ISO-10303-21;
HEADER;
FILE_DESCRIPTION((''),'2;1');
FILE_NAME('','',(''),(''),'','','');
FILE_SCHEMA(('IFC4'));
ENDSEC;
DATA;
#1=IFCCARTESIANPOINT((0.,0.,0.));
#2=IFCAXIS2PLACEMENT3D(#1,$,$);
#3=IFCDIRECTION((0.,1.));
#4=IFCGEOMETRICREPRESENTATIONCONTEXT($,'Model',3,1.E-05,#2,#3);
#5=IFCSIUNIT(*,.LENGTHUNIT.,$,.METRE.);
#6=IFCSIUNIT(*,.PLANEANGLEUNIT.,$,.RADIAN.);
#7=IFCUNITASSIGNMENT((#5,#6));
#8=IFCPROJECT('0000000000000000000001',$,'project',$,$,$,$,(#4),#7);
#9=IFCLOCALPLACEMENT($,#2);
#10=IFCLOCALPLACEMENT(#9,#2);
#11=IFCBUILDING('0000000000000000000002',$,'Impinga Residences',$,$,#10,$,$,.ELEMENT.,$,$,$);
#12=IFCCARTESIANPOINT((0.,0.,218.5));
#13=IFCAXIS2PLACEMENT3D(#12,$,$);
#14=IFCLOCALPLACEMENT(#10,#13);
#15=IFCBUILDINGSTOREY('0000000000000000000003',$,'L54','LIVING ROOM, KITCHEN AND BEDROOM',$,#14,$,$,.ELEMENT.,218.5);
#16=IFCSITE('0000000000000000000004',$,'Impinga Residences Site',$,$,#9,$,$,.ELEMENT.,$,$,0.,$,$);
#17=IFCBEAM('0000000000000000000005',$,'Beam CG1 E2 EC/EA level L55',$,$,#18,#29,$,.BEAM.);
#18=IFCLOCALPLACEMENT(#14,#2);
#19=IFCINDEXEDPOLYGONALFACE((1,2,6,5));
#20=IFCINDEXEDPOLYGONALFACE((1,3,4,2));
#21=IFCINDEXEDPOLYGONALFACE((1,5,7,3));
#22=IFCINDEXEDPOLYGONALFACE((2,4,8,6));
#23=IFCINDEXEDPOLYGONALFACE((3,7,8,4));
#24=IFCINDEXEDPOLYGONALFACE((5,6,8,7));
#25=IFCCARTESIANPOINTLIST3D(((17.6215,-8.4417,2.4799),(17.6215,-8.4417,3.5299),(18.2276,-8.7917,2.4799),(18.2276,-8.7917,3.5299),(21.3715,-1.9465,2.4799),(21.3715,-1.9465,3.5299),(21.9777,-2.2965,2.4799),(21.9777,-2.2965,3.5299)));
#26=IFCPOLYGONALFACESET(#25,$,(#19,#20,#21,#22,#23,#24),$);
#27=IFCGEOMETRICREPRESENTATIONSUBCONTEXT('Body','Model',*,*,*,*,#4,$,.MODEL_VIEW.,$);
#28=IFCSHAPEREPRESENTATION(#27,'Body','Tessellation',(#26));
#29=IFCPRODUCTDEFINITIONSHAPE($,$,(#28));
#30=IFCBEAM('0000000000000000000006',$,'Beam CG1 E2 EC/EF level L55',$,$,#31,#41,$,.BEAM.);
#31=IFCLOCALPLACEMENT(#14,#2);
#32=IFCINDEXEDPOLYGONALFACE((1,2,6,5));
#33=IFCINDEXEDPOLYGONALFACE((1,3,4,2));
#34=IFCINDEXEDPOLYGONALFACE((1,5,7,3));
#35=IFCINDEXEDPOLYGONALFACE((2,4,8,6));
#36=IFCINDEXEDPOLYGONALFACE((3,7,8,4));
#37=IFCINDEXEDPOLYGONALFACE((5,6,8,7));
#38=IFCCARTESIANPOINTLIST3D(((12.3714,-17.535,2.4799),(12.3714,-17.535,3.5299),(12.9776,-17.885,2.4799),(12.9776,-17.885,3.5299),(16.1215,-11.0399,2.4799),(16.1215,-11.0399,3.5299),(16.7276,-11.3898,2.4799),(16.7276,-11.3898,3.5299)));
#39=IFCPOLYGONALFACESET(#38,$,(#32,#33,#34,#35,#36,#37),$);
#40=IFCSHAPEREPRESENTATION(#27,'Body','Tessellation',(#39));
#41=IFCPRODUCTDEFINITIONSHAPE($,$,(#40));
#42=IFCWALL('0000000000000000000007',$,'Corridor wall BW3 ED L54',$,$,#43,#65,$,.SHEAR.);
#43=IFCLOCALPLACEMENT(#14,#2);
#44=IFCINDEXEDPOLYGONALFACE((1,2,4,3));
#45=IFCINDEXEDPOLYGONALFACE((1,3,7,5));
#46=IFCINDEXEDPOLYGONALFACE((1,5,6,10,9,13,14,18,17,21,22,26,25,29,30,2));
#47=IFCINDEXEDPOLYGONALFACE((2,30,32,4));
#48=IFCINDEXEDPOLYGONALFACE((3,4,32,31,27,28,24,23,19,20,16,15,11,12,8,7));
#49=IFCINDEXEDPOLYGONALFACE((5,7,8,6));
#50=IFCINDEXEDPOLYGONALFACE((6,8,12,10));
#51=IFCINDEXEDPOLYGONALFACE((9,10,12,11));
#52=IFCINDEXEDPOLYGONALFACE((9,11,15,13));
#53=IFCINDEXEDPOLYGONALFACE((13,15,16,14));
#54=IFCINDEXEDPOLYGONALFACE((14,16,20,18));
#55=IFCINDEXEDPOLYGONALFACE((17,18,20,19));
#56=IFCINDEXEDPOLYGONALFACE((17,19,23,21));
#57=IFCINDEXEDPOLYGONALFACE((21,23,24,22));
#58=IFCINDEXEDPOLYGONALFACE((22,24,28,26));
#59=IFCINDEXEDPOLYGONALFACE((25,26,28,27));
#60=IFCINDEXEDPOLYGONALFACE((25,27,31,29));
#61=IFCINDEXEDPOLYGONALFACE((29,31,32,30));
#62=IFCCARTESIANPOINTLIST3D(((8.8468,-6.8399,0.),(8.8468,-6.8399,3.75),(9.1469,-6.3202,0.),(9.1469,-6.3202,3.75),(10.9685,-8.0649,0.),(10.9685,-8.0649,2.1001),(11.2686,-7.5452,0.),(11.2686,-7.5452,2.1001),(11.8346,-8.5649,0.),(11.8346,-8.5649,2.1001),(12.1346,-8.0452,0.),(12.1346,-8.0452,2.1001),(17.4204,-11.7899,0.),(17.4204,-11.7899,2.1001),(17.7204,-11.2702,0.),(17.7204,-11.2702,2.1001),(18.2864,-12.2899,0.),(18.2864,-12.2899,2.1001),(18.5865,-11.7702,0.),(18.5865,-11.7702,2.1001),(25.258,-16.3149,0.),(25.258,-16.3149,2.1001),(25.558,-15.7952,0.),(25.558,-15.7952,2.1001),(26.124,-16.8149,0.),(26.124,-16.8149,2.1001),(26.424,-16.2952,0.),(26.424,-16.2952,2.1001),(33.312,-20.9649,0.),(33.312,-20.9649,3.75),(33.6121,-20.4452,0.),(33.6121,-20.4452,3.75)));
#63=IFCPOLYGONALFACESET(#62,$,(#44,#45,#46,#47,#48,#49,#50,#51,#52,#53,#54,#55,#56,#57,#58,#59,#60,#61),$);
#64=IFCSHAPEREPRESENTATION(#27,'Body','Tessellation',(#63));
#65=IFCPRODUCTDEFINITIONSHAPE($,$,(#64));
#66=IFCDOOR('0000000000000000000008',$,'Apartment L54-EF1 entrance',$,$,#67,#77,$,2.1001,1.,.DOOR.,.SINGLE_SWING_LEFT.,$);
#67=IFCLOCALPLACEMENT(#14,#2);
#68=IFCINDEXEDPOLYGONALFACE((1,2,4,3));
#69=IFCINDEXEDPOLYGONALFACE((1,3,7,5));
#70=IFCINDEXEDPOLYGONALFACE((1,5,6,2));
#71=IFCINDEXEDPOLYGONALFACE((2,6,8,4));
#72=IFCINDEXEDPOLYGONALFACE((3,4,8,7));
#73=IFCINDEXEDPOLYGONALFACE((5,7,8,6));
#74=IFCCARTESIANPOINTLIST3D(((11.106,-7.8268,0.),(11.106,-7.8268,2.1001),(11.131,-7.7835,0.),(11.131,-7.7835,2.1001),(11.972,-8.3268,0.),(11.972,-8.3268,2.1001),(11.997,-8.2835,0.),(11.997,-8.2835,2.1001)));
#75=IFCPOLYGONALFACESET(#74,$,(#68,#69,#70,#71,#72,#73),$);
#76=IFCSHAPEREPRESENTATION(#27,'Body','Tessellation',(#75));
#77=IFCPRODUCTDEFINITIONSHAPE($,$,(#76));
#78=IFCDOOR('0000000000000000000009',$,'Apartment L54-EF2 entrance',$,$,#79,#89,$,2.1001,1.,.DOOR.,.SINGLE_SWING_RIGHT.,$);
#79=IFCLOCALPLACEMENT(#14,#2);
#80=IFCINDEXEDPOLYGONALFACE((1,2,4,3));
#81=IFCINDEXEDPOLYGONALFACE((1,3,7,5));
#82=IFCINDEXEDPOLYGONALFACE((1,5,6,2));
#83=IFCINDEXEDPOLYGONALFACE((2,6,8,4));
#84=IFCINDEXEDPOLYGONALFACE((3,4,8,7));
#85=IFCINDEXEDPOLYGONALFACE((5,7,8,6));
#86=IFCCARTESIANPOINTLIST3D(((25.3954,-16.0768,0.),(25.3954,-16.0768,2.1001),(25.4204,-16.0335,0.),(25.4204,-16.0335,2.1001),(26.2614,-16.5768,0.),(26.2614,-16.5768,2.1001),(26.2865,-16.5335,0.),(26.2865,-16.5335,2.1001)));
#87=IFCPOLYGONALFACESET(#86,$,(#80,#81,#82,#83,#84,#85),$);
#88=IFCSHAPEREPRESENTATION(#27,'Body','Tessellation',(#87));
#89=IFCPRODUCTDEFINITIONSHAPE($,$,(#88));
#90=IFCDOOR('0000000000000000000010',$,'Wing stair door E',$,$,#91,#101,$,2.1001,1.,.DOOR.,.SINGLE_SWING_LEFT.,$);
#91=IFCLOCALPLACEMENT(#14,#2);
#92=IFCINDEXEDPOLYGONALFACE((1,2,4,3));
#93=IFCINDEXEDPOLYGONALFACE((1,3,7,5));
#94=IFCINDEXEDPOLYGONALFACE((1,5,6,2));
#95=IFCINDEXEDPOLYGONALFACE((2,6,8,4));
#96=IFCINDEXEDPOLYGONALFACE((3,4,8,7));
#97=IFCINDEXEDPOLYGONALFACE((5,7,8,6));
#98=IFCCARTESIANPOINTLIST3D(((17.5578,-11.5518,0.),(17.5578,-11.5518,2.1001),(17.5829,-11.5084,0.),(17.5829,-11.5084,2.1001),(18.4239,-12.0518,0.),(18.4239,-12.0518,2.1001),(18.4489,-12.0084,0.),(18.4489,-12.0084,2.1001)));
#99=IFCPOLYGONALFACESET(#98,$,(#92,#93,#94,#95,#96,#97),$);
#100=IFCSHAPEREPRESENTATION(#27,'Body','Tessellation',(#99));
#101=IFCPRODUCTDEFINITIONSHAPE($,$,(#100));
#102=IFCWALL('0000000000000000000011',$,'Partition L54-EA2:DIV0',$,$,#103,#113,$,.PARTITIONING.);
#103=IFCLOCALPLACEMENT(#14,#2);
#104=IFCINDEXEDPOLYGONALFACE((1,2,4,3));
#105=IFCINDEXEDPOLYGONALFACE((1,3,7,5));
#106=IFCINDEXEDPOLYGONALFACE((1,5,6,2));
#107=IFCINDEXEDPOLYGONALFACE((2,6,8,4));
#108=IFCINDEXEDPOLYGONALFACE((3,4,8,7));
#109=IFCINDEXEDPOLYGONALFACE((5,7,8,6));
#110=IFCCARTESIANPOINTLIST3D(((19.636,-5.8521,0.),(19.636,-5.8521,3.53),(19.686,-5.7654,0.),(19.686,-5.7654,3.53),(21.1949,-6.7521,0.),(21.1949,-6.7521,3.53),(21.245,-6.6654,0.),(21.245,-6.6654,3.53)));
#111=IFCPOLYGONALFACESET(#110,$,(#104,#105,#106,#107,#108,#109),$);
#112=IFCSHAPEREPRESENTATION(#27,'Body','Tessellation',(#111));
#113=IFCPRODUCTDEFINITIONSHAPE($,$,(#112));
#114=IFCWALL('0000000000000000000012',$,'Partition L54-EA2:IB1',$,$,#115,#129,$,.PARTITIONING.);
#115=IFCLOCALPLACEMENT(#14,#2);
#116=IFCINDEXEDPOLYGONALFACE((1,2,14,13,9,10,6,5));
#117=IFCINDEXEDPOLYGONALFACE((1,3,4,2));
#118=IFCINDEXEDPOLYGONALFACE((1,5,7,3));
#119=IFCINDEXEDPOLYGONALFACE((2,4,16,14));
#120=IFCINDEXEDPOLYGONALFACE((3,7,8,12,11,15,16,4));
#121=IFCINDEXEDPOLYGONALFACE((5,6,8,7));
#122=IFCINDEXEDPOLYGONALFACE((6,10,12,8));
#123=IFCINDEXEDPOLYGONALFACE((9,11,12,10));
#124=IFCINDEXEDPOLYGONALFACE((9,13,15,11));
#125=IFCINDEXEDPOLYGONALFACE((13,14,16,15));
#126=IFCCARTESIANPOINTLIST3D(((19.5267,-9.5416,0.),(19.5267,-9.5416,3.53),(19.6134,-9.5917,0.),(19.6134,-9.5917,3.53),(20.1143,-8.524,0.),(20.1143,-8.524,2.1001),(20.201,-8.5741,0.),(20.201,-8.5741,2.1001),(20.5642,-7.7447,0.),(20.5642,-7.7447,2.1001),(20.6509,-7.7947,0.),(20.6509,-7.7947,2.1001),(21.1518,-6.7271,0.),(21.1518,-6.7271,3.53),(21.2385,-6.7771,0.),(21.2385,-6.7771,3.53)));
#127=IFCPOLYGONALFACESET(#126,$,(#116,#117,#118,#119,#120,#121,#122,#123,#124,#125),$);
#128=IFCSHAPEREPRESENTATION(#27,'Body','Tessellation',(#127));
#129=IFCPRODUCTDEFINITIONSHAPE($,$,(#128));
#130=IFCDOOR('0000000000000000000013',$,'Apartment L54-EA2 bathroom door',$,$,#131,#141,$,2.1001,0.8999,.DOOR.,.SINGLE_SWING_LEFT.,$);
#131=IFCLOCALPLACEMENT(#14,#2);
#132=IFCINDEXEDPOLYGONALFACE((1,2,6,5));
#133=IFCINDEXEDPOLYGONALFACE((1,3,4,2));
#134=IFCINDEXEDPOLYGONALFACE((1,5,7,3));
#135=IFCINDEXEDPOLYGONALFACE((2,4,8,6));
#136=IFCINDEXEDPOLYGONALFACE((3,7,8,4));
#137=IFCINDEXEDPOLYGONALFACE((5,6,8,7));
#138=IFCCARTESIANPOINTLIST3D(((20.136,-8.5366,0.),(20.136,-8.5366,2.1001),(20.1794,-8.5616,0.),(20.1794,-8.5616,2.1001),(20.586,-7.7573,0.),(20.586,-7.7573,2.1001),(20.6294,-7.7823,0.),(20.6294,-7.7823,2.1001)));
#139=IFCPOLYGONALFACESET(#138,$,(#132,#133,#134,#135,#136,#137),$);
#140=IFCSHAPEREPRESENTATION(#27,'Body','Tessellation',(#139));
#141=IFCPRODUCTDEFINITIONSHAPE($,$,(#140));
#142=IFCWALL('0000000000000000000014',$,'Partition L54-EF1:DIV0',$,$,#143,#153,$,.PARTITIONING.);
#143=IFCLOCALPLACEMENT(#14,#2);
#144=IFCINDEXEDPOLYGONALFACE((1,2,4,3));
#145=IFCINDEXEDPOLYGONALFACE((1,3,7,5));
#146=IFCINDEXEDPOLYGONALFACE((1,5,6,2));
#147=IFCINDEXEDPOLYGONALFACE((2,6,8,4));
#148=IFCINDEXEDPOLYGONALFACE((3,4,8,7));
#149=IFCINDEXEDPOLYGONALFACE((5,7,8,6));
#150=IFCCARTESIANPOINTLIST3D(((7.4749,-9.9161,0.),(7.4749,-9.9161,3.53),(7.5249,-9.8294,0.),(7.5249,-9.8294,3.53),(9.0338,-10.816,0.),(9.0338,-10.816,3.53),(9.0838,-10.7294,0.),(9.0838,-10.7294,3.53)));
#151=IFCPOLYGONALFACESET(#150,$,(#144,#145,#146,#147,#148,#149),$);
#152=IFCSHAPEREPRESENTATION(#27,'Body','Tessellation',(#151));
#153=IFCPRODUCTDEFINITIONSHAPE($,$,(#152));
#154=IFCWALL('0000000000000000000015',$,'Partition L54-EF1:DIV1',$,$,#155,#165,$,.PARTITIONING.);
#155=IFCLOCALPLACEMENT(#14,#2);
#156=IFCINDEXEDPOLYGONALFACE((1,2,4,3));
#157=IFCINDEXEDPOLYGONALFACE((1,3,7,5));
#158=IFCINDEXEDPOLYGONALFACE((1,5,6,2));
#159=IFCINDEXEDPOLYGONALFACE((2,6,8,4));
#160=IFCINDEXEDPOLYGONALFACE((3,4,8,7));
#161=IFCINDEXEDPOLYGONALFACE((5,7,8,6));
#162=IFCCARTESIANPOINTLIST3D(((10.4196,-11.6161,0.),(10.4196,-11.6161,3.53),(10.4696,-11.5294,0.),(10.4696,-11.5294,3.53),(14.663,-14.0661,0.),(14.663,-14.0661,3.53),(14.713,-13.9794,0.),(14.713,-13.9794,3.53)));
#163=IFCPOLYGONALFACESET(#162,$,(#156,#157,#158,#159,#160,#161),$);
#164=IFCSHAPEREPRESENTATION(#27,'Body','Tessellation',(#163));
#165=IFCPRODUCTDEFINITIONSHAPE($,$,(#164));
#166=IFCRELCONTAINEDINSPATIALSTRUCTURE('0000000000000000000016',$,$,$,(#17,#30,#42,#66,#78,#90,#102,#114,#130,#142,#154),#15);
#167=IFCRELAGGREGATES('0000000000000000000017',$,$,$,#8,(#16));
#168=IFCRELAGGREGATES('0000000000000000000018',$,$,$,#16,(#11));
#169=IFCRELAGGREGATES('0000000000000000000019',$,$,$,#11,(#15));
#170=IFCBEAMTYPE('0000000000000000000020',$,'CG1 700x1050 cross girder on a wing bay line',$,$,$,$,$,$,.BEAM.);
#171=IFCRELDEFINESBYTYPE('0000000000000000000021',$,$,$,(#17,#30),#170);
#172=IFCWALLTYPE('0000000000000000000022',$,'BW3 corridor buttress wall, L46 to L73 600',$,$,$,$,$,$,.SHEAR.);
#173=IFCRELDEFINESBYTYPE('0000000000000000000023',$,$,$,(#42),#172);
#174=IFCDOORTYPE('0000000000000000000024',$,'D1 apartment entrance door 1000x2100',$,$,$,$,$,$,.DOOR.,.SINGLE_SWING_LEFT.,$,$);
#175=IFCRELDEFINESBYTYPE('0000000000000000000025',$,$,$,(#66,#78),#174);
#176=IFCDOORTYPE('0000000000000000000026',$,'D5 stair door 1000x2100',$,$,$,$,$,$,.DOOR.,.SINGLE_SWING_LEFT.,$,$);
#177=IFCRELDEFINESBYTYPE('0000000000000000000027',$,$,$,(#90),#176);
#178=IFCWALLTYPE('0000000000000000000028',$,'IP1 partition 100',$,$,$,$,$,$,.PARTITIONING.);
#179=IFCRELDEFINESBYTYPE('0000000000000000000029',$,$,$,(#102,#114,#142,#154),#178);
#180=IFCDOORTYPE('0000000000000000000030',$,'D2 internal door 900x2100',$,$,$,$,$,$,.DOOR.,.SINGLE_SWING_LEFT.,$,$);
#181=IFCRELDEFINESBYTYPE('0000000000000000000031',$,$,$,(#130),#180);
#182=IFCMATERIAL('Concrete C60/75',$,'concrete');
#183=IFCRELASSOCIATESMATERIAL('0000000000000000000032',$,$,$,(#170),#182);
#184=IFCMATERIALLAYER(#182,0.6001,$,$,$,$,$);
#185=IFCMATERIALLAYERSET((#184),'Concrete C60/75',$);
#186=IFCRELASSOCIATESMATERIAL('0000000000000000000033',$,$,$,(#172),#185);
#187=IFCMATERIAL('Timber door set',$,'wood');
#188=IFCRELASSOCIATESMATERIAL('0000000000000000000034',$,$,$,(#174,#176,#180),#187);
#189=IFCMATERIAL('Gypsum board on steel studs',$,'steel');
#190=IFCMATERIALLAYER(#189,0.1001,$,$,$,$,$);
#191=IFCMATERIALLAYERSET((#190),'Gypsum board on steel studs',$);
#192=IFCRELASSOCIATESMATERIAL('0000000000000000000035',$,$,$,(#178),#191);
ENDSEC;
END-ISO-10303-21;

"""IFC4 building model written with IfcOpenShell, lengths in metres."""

from ifc_helpers import new_model, si_unit, direction, frame, frame_2d, origin, origin_2d, place, context, subcontext, project, spatial, rectangle, extrude, material, layer, layer_set, material_profile, profile_set, type_object, element, fill, save


model = new_model("IFC4")

# Units and contexts
model_context = context("Model", 3, precision=1e-05, world=origin(), true_north=direction((0.0, 1.0)))
body_context = subcontext(model_context, "Body", "Model", "MODEL_VIEW")
ifc_project = project(units=[si_unit("LENGTHUNIT", "METRE"), si_unit("PLANEANGLEUNIT", "RADIAN")], contexts=[model_context])

# Site, building, storey
site_placement = place(None, origin())
site = spatial("IfcSite", under=ifc_project, at=site_placement, Name="Impinga Residences Site", CompositionType="ELEMENT", RefElevation=0.0)
building_placement = place(site_placement, origin())
building = spatial("IfcBuilding", under=site, at=building_placement, Name="Impinga Residences", CompositionType="ELEMENT")
storey_placement = place(building_placement, frame((0.0, 0.0, 218.5)))
storey = spatial("IfcBuildingStorey", under=building, at=storey_placement, Name="L54", Description="LIVING ROOM, KITCHEN AND BEDROOM", CompositionType="ELEMENT", Elevation=218.5)

# Beams
ifc_material_1 = material(Name="Concrete C60/75", Category="concrete")
ifc_material_profile = material_profile(ifc_material_1, rectangle(XDim=0.7, YDim=1.05, at=origin_2d()), Name="RC 700x1050")
ifc_profile_set = profile_set([ifc_material_profile], Name="Concrete C60/75")
beam_type = type_object("IfcBeamType", Name="CG1 700x1050 cross girder on a wing bay line", PredefinedType="BEAM", material=ifc_profile_set)
for number, where, z_axis, x_axis, name in (
    (1, (17.9246, -8.6167, 3.0049), (0.500004, 0.866023, 0.0), (-0.866023, 0.500004, 0.0), "Beam CG1 E2 EC/EA level L55"),
    (2, (16.4246, -11.2148, 3.0049), (-0.500004, -0.866023, 0.0), (0.866023, -0.500004, 0.0), "Beam CG1 E2 EC/EF level L55"),
):
    element("IfcBeam", number, at=place(storey_placement, frame(where, z_axis=z_axis, x_axis=x_axis)), inside=storey, type_object=beam_type, Name=name, PredefinedType="BEAM", context=body_context, shape_type="SweptSolid", body=[
        extrude(rectangle(XDim=0.7, YDim=1.05, at=origin_2d()), origin(), (0.0, 0.0, 1.0), 7.5),
    ])

# Wall, openings, doors
ifc_layer_1 = layer(ifc_material_1, 0.6001)
ifc_layer_set_1 = layer_set([ifc_layer_1], Name="Concrete C60/75")
wall_type_1 = type_object("IfcWallType", Name="BW3 corridor buttress wall, L46 to L73 600", PredefinedType="SHEAR", material=ifc_layer_set_1)
wall_1_placement = place(storey_placement, frame((8.9968, -6.5801, 0.0), z_axis=(0.0, 0.0, 1.0), x_axis=(0.866026, -0.499998, 0.0)))
wall_1 = element("IfcWall", 3, at=wall_1_placement, inside=storey, type_object=wall_type_1, Name="Corridor wall BW3 ED L54", PredefinedType="SHEAR", context=body_context, shape_type="SweptSolid", body=[
    extrude(rectangle(XDim=28.25, YDim=0.6001, at=frame_2d((14.125, 0.0))), origin(), (0.0, 0.0, 1.0), 3.75),
])
opening_1_placement = place(wall_1_placement, frame((9.8999, 0.0, 0.0)))
opening_1 = element("IfcOpeningElement", 4, at=opening_1_placement, cuts=wall_1, PredefinedType="OPENING", context=body_context, shape_type="SweptSolid", body=[
    extrude(rectangle(XDim=1.0, YDim=2.1001, at=frame_2d((0.5, 1.05))), frame((0.0, 0.3101, 0.0), z_axis=(0.0, -1.0, 0.0), x_axis=(1.0, 0.0, 0.0)), (0.0, 0.0, 1.0), 0.6201),
])
opening_2_placement = place(wall_1_placement, frame((2.45, 0.0, 0.0)))
opening_2 = element("IfcOpeningElement", 5, at=opening_2_placement, cuts=wall_1, PredefinedType="OPENING", context=body_context, shape_type="SweptSolid", body=[
    extrude(rectangle(XDim=1.0, YDim=2.1001, at=frame_2d((0.5, 1.05))), frame((0.0, 0.3101, 0.0), z_axis=(0.0, -1.0, 0.0), x_axis=(1.0, 0.0, 0.0)), (0.0, 0.0, 1.0), 0.6201),
])
opening_3_placement = place(wall_1_placement, frame((18.95, 0.0, 0.0)))
opening_3 = element("IfcOpeningElement", 6, at=opening_3_placement, cuts=wall_1, PredefinedType="OPENING", context=body_context, shape_type="SweptSolid", body=[
    extrude(rectangle(XDim=1.0, YDim=2.1001, at=frame_2d((0.5, 1.05))), frame((0.0, 0.3101, 0.0), z_axis=(0.0, -1.0, 0.0), x_axis=(1.0, 0.0, 0.0)), (0.0, 0.0, 1.0), 0.6201),
])
ifc_material_2 = material(Name="Timber door set", Category="wood")
door_type_1 = type_object("IfcDoorType", Name="D1 apartment entrance door 1000x2100", OperationType="SINGLE_SWING_LEFT", PredefinedType="DOOR", material=ifc_material_2)
door_1_placement = place(opening_2_placement, origin())
door_1 = element("IfcDoor", 7, at=door_1_placement, inside=storey, type_object=door_type_1, Name="Apartment L54-EF1 entrance", OperationType="SINGLE_SWING_LEFT", OverallHeight=2.1001, OverallWidth=1.0, PredefinedType="DOOR", context=body_context, shape_type="SweptSolid", body=[
    extrude(rectangle(XDim=1.0, YDim=2.1001, at=frame_2d((0.5, 1.05))), frame((0.0, 0.0249, 0.0), z_axis=(0.0, -1.0, 0.0), x_axis=(1.0, 0.0, 0.0)), (0.0, 0.0, 1.0), 0.05),
])
fill(opening_2, door_1)
door_2_placement = place(opening_3_placement, origin())
door_2 = element("IfcDoor", 8, at=door_2_placement, inside=storey, type_object=door_type_1, Name="Apartment L54-EF2 entrance", OperationType="SINGLE_SWING_RIGHT", OverallHeight=2.1001, OverallWidth=1.0, PredefinedType="DOOR", context=body_context, shape_type="SweptSolid", body=[
    extrude(rectangle(XDim=1.0, YDim=2.1001, at=frame_2d((0.5, 1.05))), frame((0.0, 0.0249, 0.0), z_axis=(0.0, -1.0, 0.0), x_axis=(1.0, 0.0, 0.0)), (0.0, 0.0, 1.0), 0.05),
])
fill(opening_3, door_2)
door_type_2 = type_object("IfcDoorType", Name="D5 stair door 1000x2100", OperationType="SINGLE_SWING_LEFT", PredefinedType="DOOR", material=ifc_material_2)
door_3_placement = place(opening_1_placement, origin())
door_3 = element("IfcDoor", 9, at=door_3_placement, inside=storey, type_object=door_type_2, Name="Wing stair door E", OperationType="SINGLE_SWING_LEFT", OverallHeight=2.1001, OverallWidth=1.0, PredefinedType="DOOR", context=body_context, shape_type="SweptSolid", body=[
    extrude(rectangle(XDim=1.0, YDim=2.1001, at=frame_2d((0.5, 1.05))), frame((0.0, 0.0249, 0.0), z_axis=(0.0, -1.0, 0.0), x_axis=(1.0, 0.0, 0.0)), (0.0, 0.0, 1.0), 0.05),
])
fill(opening_1, door_3)

# Wall
ifc_material_3 = material(Name="Gypsum board on steel studs", Category="steel")
ifc_layer_2 = layer(ifc_material_3, 0.1001)
ifc_layer_set_2 = layer_set([ifc_layer_2], Name="Gypsum board on steel studs")
wall_type_2 = type_object("IfcWallType", Name="IP1 partition 100", PredefinedType="PARTITIONING", material=ifc_layer_set_2)
wall_2_placement = place(storey_placement, frame((19.6611, -5.8088, 0.0), z_axis=(0.0, 0.0, 1.0), x_axis=(0.866048, -0.499961, 0.0)))
element("IfcWall", 10, at=wall_2_placement, inside=storey, type_object=wall_type_2, Name="Partition L54-EA2:DIV0", PredefinedType="PARTITIONING", context=body_context, shape_type="SweptSolid", body=[
    extrude(rectangle(XDim=1.8, YDim=0.1001, at=frame_2d((0.8999, 0.0))), origin(), (0.0, 0.0, 1.0), 3.53),
])

# Wall, opening, door
wall_3_placement = place(storey_placement, frame((19.5701, -9.5667, 0.0), z_axis=(0.0, 0.0, 1.0), x_axis=(0.500017, 0.866015, 0.0)))
wall_3 = element("IfcWall", 11, at=wall_3_placement, inside=storey, type_object=wall_type_2, Name="Partition L54-EA2:IB1", PredefinedType="PARTITIONING", context=body_context, shape_type="SweptSolid", body=[
    extrude(rectangle(XDim=3.25, YDim=0.1001, at=frame_2d((1.625, 0.0))), origin(), (0.0, 0.0, 1.0), 3.53),
])
opening_4_placement = place(wall_3_placement, frame((1.175, 0.0, 0.0)))
opening_4 = element("IfcOpeningElement", 12, at=opening_4_placement, cuts=wall_3, PredefinedType="OPENING", context=body_context, shape_type="SweptSolid", body=[
    extrude(rectangle(XDim=0.8999, YDim=2.1001, at=frame_2d((0.45, 1.05))), frame((0.0, 0.0601, 0.0), z_axis=(0.0, -1.0, 0.0), x_axis=(1.0, 0.0, 0.0)), (0.0, 0.0, 1.0), 0.1201),
])
door_type_3 = type_object("IfcDoorType", Name="D2 internal door 900x2100", OperationType="SINGLE_SWING_LEFT", PredefinedType="DOOR", material=ifc_material_2)
door_4_placement = place(opening_4_placement, origin())
door_4 = element("IfcDoor", 13, at=door_4_placement, inside=storey, type_object=door_type_3, Name="Apartment L54-EA2 bathroom door", OperationType="SINGLE_SWING_LEFT", OverallHeight=2.1001, OverallWidth=0.8999, PredefinedType="DOOR", context=body_context, shape_type="SweptSolid", body=[
    extrude(rectangle(XDim=0.8999, YDim=2.1001, at=frame_2d((0.45, 1.05))), frame((0.0, 0.0249, 0.0), z_axis=(0.0, -1.0, 0.0), x_axis=(1.0, 0.0, 0.0)), (0.0, 0.0, 1.0), 0.05),
])
fill(opening_4, door_4)

# Walls
wall_4_placement = place(storey_placement, frame((7.5, -9.8728, 0.0), z_axis=(0.0, 0.0, 1.0), x_axis=(0.866048, -0.499961, 0.0)))
element("IfcWall", 14, at=wall_4_placement, inside=storey, type_object=wall_type_2, Name="Partition L54-EF1:DIV0", PredefinedType="PARTITIONING", context=body_context, shape_type="SweptSolid", body=[
    extrude(rectangle(XDim=1.8, YDim=0.1001, at=frame_2d((0.8999, 0.0))), origin(), (0.0, 0.0, 1.0), 3.53),
])
wall_5_placement = place(storey_placement, frame((10.4446, -11.5728, 0.0), z_axis=(0.0, 0.0, 1.0), x_axis=(0.866024, -0.500003, 0.0)))
element("IfcWall", 15, at=wall_5_placement, inside=storey, type_object=wall_type_2, Name="Partition L54-EF1:DIV1", PredefinedType="PARTITIONING", context=body_context, shape_type="SweptSolid", body=[
    extrude(rectangle(XDim=4.8999, YDim=0.1001, at=frame_2d((2.45, 0.0))), origin(), (0.0, 0.0, 1.0), 3.53),
])

save(model, "model.ifc")
